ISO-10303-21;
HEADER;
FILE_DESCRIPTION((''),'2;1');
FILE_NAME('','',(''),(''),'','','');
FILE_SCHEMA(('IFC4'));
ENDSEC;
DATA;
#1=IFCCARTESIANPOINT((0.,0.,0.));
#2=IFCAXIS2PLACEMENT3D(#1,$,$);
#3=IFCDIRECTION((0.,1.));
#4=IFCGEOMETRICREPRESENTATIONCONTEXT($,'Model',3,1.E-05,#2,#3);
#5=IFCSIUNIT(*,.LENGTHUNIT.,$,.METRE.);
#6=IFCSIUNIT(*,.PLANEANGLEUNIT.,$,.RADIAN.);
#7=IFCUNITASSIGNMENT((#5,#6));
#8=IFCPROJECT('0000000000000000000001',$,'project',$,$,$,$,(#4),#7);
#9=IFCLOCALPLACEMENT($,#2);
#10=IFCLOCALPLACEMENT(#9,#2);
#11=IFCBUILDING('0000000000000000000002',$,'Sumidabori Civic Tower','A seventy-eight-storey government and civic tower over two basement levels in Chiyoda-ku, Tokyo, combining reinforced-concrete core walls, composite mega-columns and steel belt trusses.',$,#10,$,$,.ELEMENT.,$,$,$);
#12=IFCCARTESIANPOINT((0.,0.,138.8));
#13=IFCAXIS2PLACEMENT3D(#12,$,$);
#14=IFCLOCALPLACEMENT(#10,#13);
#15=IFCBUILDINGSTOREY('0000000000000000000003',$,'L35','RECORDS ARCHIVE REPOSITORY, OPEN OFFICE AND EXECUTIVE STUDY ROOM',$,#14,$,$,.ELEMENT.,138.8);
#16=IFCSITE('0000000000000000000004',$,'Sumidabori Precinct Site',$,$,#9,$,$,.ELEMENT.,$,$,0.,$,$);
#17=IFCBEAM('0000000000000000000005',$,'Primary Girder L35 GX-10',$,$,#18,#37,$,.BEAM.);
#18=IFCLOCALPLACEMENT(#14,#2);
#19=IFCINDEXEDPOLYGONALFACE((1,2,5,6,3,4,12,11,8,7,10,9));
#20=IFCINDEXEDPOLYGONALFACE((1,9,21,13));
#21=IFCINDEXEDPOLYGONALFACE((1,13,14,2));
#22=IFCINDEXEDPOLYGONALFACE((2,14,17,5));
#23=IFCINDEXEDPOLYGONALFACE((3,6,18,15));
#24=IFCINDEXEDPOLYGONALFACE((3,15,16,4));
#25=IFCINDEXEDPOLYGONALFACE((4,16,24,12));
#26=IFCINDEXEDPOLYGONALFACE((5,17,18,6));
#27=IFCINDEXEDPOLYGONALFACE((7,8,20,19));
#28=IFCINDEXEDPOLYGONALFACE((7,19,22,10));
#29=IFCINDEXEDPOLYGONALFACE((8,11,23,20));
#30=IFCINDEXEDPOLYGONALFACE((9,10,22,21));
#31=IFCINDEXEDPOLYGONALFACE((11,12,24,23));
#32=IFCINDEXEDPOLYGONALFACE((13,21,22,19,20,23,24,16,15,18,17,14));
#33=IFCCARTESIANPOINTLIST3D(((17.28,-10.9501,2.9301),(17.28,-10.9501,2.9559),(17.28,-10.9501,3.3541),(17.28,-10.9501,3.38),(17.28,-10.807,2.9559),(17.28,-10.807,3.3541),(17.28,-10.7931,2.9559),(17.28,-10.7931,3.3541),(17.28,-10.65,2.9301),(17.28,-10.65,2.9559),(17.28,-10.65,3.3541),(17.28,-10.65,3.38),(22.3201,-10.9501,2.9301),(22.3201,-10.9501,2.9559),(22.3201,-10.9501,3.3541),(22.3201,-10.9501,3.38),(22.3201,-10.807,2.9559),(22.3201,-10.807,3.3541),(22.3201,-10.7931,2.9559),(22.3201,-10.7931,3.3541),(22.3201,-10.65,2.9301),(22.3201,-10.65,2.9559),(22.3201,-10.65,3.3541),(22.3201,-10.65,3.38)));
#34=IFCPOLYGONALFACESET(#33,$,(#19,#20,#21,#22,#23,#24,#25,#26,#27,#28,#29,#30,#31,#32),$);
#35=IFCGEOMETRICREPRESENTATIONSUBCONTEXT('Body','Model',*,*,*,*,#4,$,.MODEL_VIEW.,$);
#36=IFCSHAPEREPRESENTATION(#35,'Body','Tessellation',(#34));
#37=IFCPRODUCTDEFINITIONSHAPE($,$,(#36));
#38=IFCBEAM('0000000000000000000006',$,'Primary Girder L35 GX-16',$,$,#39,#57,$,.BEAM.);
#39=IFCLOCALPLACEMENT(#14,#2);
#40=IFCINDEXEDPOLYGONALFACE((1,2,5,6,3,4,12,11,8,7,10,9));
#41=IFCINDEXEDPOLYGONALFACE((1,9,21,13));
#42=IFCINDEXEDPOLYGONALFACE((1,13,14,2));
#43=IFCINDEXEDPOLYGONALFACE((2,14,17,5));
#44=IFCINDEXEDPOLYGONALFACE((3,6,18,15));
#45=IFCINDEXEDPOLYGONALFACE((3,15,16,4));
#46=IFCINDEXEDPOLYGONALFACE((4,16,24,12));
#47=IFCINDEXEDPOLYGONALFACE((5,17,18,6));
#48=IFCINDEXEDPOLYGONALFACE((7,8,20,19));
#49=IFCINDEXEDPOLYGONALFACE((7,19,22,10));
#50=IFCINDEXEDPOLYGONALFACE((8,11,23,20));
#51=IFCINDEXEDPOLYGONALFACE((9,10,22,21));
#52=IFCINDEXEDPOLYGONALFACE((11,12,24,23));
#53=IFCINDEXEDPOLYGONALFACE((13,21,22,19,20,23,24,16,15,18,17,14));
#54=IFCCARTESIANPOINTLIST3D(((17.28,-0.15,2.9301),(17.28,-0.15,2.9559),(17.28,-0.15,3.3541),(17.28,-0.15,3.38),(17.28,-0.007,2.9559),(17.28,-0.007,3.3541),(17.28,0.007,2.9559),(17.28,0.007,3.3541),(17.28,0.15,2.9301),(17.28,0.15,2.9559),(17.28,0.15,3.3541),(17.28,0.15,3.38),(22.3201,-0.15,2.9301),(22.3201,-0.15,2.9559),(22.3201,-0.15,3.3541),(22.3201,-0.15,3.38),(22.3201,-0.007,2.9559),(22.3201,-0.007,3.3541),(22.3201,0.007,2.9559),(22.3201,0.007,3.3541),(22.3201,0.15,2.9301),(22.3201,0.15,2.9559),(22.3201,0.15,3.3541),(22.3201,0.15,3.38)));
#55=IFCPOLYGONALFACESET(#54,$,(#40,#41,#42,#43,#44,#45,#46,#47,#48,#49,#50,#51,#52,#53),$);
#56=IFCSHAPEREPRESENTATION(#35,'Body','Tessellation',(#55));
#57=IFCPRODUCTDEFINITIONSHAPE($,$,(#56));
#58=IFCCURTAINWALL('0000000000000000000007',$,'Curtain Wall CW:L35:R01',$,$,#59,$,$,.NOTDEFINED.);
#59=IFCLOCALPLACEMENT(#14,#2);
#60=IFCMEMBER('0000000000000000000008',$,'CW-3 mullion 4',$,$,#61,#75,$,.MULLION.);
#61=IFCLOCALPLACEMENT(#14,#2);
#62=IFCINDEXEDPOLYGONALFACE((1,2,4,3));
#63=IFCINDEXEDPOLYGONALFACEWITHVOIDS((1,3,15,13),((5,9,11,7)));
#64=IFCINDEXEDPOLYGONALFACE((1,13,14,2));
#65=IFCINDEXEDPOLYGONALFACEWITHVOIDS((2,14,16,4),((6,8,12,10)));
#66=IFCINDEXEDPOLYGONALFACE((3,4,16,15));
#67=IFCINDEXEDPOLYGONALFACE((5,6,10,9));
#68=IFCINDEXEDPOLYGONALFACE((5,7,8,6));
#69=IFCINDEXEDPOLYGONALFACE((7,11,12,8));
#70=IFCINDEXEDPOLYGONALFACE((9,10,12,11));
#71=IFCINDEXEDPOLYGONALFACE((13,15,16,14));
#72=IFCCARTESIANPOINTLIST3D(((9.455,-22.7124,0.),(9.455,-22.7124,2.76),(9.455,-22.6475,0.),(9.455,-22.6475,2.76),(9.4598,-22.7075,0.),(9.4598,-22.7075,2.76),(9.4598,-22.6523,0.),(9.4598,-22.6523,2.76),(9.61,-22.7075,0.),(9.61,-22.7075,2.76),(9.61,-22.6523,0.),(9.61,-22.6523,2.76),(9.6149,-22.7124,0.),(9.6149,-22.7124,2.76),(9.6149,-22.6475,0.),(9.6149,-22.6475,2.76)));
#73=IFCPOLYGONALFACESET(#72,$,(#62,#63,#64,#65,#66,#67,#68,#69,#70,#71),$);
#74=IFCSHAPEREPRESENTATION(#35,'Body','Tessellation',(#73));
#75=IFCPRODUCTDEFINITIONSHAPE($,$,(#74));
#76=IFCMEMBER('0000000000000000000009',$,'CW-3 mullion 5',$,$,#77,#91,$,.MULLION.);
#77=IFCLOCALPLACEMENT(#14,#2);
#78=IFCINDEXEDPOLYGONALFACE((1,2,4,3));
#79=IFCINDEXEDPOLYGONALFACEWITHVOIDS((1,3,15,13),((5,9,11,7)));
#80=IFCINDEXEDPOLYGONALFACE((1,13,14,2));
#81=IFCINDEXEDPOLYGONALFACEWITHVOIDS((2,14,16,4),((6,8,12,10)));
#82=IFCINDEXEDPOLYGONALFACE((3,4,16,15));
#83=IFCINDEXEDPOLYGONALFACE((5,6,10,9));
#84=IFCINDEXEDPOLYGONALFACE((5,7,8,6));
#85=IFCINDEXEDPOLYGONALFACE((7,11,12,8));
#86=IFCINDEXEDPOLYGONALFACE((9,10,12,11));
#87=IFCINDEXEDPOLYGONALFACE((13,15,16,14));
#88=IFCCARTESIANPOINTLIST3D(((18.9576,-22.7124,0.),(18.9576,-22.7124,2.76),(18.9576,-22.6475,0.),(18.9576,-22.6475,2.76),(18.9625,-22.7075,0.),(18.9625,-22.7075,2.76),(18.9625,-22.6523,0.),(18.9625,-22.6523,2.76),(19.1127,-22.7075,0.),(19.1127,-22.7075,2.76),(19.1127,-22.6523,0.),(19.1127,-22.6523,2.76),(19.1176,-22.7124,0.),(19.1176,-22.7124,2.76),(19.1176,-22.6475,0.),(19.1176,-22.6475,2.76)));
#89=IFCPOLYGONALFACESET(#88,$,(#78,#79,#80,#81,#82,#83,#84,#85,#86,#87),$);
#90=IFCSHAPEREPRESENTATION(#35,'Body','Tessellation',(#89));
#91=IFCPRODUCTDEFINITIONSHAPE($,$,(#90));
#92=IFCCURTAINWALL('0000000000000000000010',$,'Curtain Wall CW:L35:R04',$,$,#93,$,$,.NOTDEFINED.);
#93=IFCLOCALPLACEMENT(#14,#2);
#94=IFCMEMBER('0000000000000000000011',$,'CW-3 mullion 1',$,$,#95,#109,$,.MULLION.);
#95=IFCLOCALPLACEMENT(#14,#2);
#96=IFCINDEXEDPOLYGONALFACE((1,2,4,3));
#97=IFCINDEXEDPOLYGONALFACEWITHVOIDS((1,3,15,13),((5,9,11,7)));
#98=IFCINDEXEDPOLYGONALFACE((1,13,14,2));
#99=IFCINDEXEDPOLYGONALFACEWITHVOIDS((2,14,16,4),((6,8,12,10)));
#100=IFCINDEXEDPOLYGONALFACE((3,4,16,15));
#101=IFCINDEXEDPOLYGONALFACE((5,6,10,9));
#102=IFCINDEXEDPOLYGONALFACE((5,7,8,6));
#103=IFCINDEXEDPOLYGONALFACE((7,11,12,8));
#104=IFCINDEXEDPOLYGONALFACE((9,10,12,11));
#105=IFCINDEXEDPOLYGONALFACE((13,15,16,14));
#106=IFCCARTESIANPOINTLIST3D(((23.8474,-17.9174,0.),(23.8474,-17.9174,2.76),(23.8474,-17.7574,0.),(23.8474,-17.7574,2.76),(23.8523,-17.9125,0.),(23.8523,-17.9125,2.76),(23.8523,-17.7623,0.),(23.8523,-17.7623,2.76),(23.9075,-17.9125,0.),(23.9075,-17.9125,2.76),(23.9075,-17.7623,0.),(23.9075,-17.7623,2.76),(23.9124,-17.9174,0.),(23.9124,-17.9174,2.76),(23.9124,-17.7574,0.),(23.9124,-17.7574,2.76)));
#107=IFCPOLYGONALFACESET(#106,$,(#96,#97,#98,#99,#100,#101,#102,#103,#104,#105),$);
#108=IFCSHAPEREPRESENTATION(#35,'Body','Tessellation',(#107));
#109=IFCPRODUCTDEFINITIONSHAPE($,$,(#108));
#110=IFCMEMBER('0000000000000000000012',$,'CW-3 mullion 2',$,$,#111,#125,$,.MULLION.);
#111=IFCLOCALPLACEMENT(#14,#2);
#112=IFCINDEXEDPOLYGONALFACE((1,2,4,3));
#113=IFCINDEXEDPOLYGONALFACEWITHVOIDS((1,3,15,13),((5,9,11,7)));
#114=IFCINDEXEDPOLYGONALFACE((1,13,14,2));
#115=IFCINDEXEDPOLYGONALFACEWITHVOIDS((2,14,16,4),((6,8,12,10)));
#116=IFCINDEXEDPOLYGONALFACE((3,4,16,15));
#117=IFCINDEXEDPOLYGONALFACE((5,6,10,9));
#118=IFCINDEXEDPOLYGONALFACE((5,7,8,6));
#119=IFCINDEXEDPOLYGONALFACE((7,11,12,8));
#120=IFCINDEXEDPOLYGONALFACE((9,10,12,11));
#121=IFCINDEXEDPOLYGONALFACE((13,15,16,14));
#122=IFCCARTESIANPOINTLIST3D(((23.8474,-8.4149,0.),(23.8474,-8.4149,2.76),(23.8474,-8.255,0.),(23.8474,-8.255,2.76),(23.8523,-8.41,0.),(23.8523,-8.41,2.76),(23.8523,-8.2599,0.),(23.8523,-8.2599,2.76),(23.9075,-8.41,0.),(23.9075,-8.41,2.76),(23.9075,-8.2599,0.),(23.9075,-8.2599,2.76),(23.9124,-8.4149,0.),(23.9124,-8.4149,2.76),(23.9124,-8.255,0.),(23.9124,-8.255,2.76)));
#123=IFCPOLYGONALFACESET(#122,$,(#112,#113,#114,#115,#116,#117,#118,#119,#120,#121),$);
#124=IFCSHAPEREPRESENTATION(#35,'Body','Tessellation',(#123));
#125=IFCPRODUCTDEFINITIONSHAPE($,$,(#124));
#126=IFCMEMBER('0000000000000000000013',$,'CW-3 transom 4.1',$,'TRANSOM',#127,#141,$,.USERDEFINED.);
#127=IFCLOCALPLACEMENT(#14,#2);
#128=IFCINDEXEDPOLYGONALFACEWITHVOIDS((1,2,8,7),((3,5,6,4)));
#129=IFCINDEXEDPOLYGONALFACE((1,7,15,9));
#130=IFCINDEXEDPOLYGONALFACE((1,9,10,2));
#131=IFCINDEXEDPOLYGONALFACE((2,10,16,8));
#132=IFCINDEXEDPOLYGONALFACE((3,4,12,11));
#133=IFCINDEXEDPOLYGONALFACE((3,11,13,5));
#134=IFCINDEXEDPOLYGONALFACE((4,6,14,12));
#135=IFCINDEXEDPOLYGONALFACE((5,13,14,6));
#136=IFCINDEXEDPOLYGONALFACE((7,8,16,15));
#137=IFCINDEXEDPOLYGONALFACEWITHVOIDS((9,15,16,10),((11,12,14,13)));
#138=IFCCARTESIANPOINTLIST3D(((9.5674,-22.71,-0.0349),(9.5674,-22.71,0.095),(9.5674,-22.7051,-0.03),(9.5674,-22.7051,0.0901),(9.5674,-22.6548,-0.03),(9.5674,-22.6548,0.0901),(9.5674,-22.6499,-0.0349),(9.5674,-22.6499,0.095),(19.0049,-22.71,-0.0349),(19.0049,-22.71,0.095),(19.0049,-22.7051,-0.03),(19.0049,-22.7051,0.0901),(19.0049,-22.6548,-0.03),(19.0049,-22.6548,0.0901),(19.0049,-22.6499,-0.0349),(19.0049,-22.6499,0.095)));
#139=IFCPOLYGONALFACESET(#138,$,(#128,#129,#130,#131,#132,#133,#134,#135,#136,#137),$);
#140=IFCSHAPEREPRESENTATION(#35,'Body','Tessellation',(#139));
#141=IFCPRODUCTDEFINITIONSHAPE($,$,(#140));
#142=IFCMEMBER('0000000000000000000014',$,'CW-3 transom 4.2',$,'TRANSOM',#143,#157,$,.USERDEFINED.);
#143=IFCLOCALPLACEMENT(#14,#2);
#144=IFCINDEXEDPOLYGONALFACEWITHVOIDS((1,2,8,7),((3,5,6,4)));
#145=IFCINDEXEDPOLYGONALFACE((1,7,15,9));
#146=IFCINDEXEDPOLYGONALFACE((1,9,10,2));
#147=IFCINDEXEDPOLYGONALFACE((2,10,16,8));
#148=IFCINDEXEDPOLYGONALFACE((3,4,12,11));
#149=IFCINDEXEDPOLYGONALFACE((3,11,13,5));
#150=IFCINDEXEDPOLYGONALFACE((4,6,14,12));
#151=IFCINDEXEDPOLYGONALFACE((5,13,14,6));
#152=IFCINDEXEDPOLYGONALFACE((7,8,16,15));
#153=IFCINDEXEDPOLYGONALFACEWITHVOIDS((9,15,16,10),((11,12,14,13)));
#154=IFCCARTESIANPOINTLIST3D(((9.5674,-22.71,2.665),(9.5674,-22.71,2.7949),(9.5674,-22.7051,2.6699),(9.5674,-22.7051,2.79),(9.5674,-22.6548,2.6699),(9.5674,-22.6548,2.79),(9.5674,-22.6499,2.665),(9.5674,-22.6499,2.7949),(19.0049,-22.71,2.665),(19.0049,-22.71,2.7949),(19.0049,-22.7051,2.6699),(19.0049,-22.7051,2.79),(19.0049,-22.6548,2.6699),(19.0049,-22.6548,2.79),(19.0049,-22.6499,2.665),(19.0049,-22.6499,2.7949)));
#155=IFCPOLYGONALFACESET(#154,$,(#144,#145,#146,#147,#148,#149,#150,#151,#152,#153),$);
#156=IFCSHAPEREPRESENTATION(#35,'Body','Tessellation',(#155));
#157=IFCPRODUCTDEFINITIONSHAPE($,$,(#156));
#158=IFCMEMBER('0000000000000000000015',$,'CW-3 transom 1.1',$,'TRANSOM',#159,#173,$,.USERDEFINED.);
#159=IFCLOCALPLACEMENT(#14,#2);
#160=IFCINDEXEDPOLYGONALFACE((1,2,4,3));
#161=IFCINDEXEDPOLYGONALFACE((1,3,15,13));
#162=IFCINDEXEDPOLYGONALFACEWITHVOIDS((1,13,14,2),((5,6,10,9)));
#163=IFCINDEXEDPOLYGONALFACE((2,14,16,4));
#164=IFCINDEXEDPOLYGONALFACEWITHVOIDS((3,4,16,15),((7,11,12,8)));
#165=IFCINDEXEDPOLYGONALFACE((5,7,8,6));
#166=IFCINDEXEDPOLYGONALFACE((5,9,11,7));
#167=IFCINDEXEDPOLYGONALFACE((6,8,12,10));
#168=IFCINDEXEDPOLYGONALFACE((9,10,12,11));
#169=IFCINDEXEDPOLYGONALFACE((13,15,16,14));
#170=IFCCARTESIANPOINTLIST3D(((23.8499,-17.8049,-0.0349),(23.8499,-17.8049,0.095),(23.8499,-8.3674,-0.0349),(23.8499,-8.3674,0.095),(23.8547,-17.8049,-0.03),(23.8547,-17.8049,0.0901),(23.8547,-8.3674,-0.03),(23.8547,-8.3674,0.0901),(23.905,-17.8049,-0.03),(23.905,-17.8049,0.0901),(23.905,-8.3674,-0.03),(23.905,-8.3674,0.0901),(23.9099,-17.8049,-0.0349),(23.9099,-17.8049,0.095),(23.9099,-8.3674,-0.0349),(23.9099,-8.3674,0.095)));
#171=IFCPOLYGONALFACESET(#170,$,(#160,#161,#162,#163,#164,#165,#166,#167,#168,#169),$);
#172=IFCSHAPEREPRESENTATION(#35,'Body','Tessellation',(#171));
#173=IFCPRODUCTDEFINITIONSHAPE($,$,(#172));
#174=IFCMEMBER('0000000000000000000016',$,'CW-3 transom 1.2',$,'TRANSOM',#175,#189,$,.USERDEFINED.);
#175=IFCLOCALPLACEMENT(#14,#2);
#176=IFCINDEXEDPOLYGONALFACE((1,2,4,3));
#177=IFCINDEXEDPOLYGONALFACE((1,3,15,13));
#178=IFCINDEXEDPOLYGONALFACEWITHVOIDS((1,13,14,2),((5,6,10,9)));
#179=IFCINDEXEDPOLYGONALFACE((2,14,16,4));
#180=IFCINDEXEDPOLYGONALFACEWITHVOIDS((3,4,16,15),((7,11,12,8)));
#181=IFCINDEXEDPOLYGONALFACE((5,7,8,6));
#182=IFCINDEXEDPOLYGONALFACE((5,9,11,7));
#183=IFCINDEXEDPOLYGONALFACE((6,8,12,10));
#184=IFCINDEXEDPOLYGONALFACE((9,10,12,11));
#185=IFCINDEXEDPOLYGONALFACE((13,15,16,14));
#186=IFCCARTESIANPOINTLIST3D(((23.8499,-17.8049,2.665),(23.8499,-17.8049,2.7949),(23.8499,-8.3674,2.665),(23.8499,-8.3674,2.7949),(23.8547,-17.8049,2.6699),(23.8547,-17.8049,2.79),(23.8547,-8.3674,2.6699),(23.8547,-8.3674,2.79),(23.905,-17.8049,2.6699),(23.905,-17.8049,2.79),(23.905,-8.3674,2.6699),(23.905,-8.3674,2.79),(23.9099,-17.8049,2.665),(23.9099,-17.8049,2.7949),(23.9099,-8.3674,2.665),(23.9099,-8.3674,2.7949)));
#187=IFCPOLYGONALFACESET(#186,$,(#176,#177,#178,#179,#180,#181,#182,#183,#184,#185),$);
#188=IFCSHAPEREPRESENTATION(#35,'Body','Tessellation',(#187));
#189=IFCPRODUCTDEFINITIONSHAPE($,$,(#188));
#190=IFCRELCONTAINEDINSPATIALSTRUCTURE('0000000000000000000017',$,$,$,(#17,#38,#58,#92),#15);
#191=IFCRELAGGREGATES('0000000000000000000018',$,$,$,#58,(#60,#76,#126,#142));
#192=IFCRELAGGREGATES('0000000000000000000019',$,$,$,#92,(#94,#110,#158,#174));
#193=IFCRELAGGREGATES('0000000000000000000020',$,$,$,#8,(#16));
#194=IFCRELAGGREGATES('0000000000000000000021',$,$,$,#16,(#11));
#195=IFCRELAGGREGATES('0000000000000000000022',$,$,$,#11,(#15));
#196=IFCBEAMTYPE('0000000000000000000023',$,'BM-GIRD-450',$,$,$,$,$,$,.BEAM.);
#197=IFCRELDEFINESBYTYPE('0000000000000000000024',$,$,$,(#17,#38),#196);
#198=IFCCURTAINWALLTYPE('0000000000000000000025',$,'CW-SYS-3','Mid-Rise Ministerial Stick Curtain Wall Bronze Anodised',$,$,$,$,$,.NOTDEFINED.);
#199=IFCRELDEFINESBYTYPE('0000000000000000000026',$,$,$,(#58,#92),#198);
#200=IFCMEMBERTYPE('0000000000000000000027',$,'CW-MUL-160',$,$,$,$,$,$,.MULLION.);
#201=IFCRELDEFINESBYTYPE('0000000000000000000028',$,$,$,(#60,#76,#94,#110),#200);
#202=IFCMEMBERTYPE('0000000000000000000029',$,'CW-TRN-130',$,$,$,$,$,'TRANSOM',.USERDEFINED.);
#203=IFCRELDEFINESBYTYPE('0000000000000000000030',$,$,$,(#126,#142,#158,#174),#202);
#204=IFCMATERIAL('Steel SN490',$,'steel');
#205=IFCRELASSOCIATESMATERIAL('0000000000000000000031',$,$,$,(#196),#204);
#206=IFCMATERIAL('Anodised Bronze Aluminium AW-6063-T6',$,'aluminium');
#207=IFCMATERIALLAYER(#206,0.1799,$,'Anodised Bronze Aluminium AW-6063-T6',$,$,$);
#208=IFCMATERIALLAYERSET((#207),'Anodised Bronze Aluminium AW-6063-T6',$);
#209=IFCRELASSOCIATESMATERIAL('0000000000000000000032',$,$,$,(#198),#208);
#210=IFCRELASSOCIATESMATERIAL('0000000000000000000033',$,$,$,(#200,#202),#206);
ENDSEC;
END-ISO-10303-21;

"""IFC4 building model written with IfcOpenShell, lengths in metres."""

from ifc_helpers import new_model, si_unit, direction, frame, origin, origin_2d, place, context, subcontext, project, spatial, hollow_rectangle, i_section, extrude, source, transform, mapped, material, layer, layer_set, material_profile, profile_set, type_object, element, aggregate, save


model = new_model("IFC4")

# Units and contexts
model_context = context("Model", 3, precision=1e-05, world=origin(), true_north=direction((0.0, 1.0)))
body_context = subcontext(model_context, "Body", "Model", "MODEL_VIEW")
ifc_project = project(units=[si_unit("LENGTHUNIT", "METRE"), si_unit("PLANEANGLEUNIT", "RADIAN")], contexts=[model_context])

# Site, building, storey
site_placement = place(None, origin())
site = spatial("IfcSite", under=ifc_project, at=site_placement, Name="Sumidabori Precinct Site", CompositionType="ELEMENT", RefElevation=0.0)
building_placement = place(site_placement, origin())
building = spatial("IfcBuilding", under=site, at=building_placement, Name="Sumidabori Civic Tower", Description="A seventy-eight-storey government and civic tower over two basement levels in Chiyoda-ku, Tokyo, combining reinforced-concrete core walls, composite mega-columns and steel belt trusses.", CompositionType="ELEMENT")
storey_placement = place(building_placement, frame((0.0, 0.0, 138.8)))
storey = spatial("IfcBuildingStorey", under=building, at=storey_placement, Name="L35", Description="RECORDS ARCHIVE REPOSITORY, OPEN OFFICE AND EXECUTIVE STUDY ROOM", CompositionType="ELEMENT", Elevation=138.8)

# Beams
ifc_material_1 = material(Name="Steel SN490", Category="steel")
ifc_material_profile_1 = material_profile(ifc_material_1, i_section(OverallWidth=0.3, OverallDepth=0.45, WebThickness=0.0139, FlangeThickness=0.0259, at=origin_2d()), Name="HE 450 B")
ifc_profile_set_1 = profile_set([ifc_material_profile_1], Name="Steel SN490")
beam_type_1 = type_object("IfcBeamType", Name="BM-GIRD-450", PredefinedType="BEAM", material=ifc_profile_set_1)
shared_shape_1 = source(origin(), body_context, "Body", "SweptSolid", [
    extrude(i_section(OverallWidth=0.3, OverallDepth=0.45, WebThickness=0.0139, FlangeThickness=0.0259, at=origin_2d()), origin(), (0.0, 0.0, 1.0), 5.04),
])
for number, where, z_axis, x_axis, name in (
    (1, (17.28, -10.8, 3.155), (1.0, 0.0, 0.0), (0.0, 1.0, 0.0), "Primary Girder L35 GX-10"),
    (2, (17.28, 0.0, 3.155), (1.0, 0.0, 0.0), (0.0, 1.0, 0.0), "Primary Girder L35 GX-16"),
):
    element("IfcBeam", number, at=place(storey_placement, frame(where, z_axis=z_axis, x_axis=x_axis)), inside=storey, type_object=beam_type_1, Name=name, PredefinedType="BEAM", context=body_context, shape_type="MappedRepresentation", body=[
        mapped(shared_shape_1, transform((0.0, 0.0, 0.0), x_axis=(1.0, 0.0, 0.0), y_axis=(0.0, 1.0, 0.0), z_axis=(0.0, 0.0, 1.0), scale=1.0)),
    ])

# Curtain walls, members
ifc_material_2 = material(Name="Anodised Bronze Aluminium AW-6063-T6", Category="aluminium")
ifc_layer_1 = layer(ifc_material_2, 0.1799, Name="Anodised Bronze Aluminium AW-6063-T6")
ifc_layer_set_1 = layer_set([ifc_layer_1], Name="Anodised Bronze Aluminium AW-6063-T6")
curtain_wall_type = type_object("IfcCurtainWallType", Name="CW-SYS-3", Description="Mid-Rise Ministerial Stick Curtain Wall Bronze Anodised", PredefinedType="NOTDEFINED", material=ifc_layer_set_1)
curtain_wall_1_placement = place(storey_placement, origin())
curtain_wall_1 = element("IfcCurtainWall", 3, at=curtain_wall_1_placement, inside=storey, type_object=curtain_wall_type, Name="Curtain Wall CW:L35:R01", PredefinedType="NOTDEFINED")
ifc_material_profile_2 = material_profile(ifc_material_2, hollow_rectangle(XDim=0.0649, YDim=0.1599, WallThickness=0.0049, at=origin_2d()), Name="ALU MULLION 160x65")
ifc_profile_set_2 = profile_set([ifc_material_profile_2], Name="Anodised Bronze Aluminium AW-6063-T6")
member_type_1 = type_object("IfcMemberType", Name="CW-MUL-160", PredefinedType="MULLION", material=ifc_profile_set_2)
shared_shape_2 = source(origin(), body_context, "Body", "SweptSolid", [
    extrude(hollow_rectangle(XDim=0.0649, YDim=0.1599, WallThickness=0.0049, at=origin_2d()), origin(), (0.0, 0.0, 1.0), 2.76),
])
member_1_placement = place(storey_placement, frame((9.5349, -22.6799, 0.0), z_axis=(0.0, 0.0, 1.0), x_axis=(0.0, 1.0, 0.0)))
member_1 = element("IfcMember", 4, at=member_1_placement, type_object=member_type_1, Name="CW-3 mullion 4", PredefinedType="MULLION", context=body_context, shape_type="MappedRepresentation", body=[
    mapped(shared_shape_2, transform((0.0, 0.0, 0.0), x_axis=(1.0, 0.0, 0.0), y_axis=(0.0, 1.0, 0.0), z_axis=(0.0, 0.0, 1.0), scale=1.0)),
])
member_2_placement = place(storey_placement, frame((19.0376, -22.6799, 0.0), z_axis=(0.0, 0.0, 1.0), x_axis=(0.0, 1.0, 0.0)))
member_2 = element("IfcMember", 5, at=member_2_placement, type_object=member_type_1, Name="CW-3 mullion 5", PredefinedType="MULLION", context=body_context, shape_type="MappedRepresentation", body=[
    mapped(shared_shape_2, transform((0.0, 0.0, 0.0), x_axis=(1.0, 0.0, 0.0), y_axis=(0.0, 1.0, 0.0), z_axis=(0.0, 0.0, 1.0), scale=1.0)),
])
curtain_wall_2_placement = place(storey_placement, origin())
curtain_wall_2 = element("IfcCurtainWall", 6, at=curtain_wall_2_placement, inside=storey, type_object=curtain_wall_type, Name="Curtain Wall CW:L35:R04", PredefinedType="NOTDEFINED")
member_3_placement = place(storey_placement, frame((23.8799, -17.8374, 0.0), z_axis=(0.0, 0.0, 1.0), x_axis=(-1.0, 0.0, 0.0)))
member_3 = element("IfcMember", 7, at=member_3_placement, type_object=member_type_1, Name="CW-3 mullion 1", PredefinedType="MULLION", context=body_context, shape_type="MappedRepresentation", body=[
    mapped(shared_shape_2, transform((0.0, 0.0, 0.0), x_axis=(1.0, 0.0, 0.0), y_axis=(0.0, 1.0, 0.0), z_axis=(0.0, 0.0, 1.0), scale=1.0)),
])
member_4_placement = place(storey_placement, frame((23.8799, -8.335, 0.0), z_axis=(0.0, 0.0, 1.0), x_axis=(-1.0, 0.0, 0.0)))
member_4 = element("IfcMember", 8, at=member_4_placement, type_object=member_type_1, Name="CW-3 mullion 2", PredefinedType="MULLION", context=body_context, shape_type="MappedRepresentation", body=[
    mapped(shared_shape_2, transform((0.0, 0.0, 0.0), x_axis=(1.0, 0.0, 0.0), y_axis=(0.0, 1.0, 0.0), z_axis=(0.0, 0.0, 1.0), scale=1.0)),
])

# Members
ifc_material_profile_3 = material_profile(ifc_material_2, hollow_rectangle(XDim=0.0601, YDim=0.1299, WallThickness=0.0049, at=origin_2d()), Name="ALU TRANSOM 130x60")
ifc_profile_set_3 = profile_set([ifc_material_profile_3], Name="Anodised Bronze Aluminium AW-6063-T6")
member_type_2 = type_object("IfcMemberType", Name="CW-TRN-130", ElementType="TRANSOM", PredefinedType="USERDEFINED", material=ifc_profile_set_3)
shared_shape_3 = source(origin(), body_context, "Body", "SweptSolid", [
    extrude(hollow_rectangle(XDim=0.0601, YDim=0.1299, WallThickness=0.0049, at=origin_2d()), origin(), (0.0, 0.0, 1.0), 9.4375),
])
member_5_placement = place(storey_placement, frame((9.5674, -22.6799, 0.03), z_axis=(1.0, 0.0, 0.0), x_axis=(0.0, 1.0, 0.0)))
member_5 = element("IfcMember", 9, at=member_5_placement, type_object=member_type_2, Name="CW-3 transom 4.1", ObjectType="TRANSOM", PredefinedType="USERDEFINED", context=body_context, shape_type="MappedRepresentation", body=[
    mapped(shared_shape_3, transform((0.0, 0.0, 0.0), x_axis=(1.0, 0.0, 0.0), y_axis=(0.0, 1.0, 0.0), z_axis=(0.0, 0.0, 1.0), scale=1.0)),
])
member_6_placement = place(storey_placement, frame((9.5674, -22.6799, 2.73), z_axis=(1.0, 0.0, 0.0), x_axis=(0.0, 1.0, 0.0)))
member_6 = element("IfcMember", 10, at=member_6_placement, type_object=member_type_2, Name="CW-3 transom 4.2", ObjectType="TRANSOM", PredefinedType="USERDEFINED", context=body_context, shape_type="MappedRepresentation", body=[
    mapped(shared_shape_3, transform((0.0, 0.0, 0.0), x_axis=(1.0, 0.0, 0.0), y_axis=(0.0, 1.0, 0.0), z_axis=(0.0, 0.0, 1.0), scale=1.0)),
])
member_7_placement = place(storey_placement, frame((23.8799, -17.8049, 0.03), z_axis=(0.0, 1.0, 0.0), x_axis=(-1.0, 0.0, 0.0)))
member_7 = element("IfcMember", 11, at=member_7_placement, type_object=member_type_2, Name="CW-3 transom 1.1", ObjectType="TRANSOM", PredefinedType="USERDEFINED", context=body_context, shape_type="MappedRepresentation", body=[
    mapped(shared_shape_3, transform((0.0, 0.0, 0.0), x_axis=(1.0, 0.0, 0.0), y_axis=(0.0, 1.0, 0.0), z_axis=(0.0, 0.0, 1.0), scale=1.0)),
])
member_8_placement = place(storey_placement, frame((23.8799, -17.8049, 2.73), z_axis=(0.0, 1.0, 0.0), x_axis=(-1.0, 0.0, 0.0)))
member_8 = element("IfcMember", 12, at=member_8_placement, type_object=member_type_2, Name="CW-3 transom 1.2", ObjectType="TRANSOM", PredefinedType="USERDEFINED", context=body_context, shape_type="MappedRepresentation", body=[
    mapped(shared_shape_3, transform((0.0, 0.0, 0.0), x_axis=(1.0, 0.0, 0.0), y_axis=(0.0, 1.0, 0.0), z_axis=(0.0, 0.0, 1.0), scale=1.0)),
])

aggregate(curtain_wall_1, [member_1, member_2, member_5, member_6])
aggregate(curtain_wall_2, [member_3, member_4, member_7, member_8])

save(model, "model.ifc")
